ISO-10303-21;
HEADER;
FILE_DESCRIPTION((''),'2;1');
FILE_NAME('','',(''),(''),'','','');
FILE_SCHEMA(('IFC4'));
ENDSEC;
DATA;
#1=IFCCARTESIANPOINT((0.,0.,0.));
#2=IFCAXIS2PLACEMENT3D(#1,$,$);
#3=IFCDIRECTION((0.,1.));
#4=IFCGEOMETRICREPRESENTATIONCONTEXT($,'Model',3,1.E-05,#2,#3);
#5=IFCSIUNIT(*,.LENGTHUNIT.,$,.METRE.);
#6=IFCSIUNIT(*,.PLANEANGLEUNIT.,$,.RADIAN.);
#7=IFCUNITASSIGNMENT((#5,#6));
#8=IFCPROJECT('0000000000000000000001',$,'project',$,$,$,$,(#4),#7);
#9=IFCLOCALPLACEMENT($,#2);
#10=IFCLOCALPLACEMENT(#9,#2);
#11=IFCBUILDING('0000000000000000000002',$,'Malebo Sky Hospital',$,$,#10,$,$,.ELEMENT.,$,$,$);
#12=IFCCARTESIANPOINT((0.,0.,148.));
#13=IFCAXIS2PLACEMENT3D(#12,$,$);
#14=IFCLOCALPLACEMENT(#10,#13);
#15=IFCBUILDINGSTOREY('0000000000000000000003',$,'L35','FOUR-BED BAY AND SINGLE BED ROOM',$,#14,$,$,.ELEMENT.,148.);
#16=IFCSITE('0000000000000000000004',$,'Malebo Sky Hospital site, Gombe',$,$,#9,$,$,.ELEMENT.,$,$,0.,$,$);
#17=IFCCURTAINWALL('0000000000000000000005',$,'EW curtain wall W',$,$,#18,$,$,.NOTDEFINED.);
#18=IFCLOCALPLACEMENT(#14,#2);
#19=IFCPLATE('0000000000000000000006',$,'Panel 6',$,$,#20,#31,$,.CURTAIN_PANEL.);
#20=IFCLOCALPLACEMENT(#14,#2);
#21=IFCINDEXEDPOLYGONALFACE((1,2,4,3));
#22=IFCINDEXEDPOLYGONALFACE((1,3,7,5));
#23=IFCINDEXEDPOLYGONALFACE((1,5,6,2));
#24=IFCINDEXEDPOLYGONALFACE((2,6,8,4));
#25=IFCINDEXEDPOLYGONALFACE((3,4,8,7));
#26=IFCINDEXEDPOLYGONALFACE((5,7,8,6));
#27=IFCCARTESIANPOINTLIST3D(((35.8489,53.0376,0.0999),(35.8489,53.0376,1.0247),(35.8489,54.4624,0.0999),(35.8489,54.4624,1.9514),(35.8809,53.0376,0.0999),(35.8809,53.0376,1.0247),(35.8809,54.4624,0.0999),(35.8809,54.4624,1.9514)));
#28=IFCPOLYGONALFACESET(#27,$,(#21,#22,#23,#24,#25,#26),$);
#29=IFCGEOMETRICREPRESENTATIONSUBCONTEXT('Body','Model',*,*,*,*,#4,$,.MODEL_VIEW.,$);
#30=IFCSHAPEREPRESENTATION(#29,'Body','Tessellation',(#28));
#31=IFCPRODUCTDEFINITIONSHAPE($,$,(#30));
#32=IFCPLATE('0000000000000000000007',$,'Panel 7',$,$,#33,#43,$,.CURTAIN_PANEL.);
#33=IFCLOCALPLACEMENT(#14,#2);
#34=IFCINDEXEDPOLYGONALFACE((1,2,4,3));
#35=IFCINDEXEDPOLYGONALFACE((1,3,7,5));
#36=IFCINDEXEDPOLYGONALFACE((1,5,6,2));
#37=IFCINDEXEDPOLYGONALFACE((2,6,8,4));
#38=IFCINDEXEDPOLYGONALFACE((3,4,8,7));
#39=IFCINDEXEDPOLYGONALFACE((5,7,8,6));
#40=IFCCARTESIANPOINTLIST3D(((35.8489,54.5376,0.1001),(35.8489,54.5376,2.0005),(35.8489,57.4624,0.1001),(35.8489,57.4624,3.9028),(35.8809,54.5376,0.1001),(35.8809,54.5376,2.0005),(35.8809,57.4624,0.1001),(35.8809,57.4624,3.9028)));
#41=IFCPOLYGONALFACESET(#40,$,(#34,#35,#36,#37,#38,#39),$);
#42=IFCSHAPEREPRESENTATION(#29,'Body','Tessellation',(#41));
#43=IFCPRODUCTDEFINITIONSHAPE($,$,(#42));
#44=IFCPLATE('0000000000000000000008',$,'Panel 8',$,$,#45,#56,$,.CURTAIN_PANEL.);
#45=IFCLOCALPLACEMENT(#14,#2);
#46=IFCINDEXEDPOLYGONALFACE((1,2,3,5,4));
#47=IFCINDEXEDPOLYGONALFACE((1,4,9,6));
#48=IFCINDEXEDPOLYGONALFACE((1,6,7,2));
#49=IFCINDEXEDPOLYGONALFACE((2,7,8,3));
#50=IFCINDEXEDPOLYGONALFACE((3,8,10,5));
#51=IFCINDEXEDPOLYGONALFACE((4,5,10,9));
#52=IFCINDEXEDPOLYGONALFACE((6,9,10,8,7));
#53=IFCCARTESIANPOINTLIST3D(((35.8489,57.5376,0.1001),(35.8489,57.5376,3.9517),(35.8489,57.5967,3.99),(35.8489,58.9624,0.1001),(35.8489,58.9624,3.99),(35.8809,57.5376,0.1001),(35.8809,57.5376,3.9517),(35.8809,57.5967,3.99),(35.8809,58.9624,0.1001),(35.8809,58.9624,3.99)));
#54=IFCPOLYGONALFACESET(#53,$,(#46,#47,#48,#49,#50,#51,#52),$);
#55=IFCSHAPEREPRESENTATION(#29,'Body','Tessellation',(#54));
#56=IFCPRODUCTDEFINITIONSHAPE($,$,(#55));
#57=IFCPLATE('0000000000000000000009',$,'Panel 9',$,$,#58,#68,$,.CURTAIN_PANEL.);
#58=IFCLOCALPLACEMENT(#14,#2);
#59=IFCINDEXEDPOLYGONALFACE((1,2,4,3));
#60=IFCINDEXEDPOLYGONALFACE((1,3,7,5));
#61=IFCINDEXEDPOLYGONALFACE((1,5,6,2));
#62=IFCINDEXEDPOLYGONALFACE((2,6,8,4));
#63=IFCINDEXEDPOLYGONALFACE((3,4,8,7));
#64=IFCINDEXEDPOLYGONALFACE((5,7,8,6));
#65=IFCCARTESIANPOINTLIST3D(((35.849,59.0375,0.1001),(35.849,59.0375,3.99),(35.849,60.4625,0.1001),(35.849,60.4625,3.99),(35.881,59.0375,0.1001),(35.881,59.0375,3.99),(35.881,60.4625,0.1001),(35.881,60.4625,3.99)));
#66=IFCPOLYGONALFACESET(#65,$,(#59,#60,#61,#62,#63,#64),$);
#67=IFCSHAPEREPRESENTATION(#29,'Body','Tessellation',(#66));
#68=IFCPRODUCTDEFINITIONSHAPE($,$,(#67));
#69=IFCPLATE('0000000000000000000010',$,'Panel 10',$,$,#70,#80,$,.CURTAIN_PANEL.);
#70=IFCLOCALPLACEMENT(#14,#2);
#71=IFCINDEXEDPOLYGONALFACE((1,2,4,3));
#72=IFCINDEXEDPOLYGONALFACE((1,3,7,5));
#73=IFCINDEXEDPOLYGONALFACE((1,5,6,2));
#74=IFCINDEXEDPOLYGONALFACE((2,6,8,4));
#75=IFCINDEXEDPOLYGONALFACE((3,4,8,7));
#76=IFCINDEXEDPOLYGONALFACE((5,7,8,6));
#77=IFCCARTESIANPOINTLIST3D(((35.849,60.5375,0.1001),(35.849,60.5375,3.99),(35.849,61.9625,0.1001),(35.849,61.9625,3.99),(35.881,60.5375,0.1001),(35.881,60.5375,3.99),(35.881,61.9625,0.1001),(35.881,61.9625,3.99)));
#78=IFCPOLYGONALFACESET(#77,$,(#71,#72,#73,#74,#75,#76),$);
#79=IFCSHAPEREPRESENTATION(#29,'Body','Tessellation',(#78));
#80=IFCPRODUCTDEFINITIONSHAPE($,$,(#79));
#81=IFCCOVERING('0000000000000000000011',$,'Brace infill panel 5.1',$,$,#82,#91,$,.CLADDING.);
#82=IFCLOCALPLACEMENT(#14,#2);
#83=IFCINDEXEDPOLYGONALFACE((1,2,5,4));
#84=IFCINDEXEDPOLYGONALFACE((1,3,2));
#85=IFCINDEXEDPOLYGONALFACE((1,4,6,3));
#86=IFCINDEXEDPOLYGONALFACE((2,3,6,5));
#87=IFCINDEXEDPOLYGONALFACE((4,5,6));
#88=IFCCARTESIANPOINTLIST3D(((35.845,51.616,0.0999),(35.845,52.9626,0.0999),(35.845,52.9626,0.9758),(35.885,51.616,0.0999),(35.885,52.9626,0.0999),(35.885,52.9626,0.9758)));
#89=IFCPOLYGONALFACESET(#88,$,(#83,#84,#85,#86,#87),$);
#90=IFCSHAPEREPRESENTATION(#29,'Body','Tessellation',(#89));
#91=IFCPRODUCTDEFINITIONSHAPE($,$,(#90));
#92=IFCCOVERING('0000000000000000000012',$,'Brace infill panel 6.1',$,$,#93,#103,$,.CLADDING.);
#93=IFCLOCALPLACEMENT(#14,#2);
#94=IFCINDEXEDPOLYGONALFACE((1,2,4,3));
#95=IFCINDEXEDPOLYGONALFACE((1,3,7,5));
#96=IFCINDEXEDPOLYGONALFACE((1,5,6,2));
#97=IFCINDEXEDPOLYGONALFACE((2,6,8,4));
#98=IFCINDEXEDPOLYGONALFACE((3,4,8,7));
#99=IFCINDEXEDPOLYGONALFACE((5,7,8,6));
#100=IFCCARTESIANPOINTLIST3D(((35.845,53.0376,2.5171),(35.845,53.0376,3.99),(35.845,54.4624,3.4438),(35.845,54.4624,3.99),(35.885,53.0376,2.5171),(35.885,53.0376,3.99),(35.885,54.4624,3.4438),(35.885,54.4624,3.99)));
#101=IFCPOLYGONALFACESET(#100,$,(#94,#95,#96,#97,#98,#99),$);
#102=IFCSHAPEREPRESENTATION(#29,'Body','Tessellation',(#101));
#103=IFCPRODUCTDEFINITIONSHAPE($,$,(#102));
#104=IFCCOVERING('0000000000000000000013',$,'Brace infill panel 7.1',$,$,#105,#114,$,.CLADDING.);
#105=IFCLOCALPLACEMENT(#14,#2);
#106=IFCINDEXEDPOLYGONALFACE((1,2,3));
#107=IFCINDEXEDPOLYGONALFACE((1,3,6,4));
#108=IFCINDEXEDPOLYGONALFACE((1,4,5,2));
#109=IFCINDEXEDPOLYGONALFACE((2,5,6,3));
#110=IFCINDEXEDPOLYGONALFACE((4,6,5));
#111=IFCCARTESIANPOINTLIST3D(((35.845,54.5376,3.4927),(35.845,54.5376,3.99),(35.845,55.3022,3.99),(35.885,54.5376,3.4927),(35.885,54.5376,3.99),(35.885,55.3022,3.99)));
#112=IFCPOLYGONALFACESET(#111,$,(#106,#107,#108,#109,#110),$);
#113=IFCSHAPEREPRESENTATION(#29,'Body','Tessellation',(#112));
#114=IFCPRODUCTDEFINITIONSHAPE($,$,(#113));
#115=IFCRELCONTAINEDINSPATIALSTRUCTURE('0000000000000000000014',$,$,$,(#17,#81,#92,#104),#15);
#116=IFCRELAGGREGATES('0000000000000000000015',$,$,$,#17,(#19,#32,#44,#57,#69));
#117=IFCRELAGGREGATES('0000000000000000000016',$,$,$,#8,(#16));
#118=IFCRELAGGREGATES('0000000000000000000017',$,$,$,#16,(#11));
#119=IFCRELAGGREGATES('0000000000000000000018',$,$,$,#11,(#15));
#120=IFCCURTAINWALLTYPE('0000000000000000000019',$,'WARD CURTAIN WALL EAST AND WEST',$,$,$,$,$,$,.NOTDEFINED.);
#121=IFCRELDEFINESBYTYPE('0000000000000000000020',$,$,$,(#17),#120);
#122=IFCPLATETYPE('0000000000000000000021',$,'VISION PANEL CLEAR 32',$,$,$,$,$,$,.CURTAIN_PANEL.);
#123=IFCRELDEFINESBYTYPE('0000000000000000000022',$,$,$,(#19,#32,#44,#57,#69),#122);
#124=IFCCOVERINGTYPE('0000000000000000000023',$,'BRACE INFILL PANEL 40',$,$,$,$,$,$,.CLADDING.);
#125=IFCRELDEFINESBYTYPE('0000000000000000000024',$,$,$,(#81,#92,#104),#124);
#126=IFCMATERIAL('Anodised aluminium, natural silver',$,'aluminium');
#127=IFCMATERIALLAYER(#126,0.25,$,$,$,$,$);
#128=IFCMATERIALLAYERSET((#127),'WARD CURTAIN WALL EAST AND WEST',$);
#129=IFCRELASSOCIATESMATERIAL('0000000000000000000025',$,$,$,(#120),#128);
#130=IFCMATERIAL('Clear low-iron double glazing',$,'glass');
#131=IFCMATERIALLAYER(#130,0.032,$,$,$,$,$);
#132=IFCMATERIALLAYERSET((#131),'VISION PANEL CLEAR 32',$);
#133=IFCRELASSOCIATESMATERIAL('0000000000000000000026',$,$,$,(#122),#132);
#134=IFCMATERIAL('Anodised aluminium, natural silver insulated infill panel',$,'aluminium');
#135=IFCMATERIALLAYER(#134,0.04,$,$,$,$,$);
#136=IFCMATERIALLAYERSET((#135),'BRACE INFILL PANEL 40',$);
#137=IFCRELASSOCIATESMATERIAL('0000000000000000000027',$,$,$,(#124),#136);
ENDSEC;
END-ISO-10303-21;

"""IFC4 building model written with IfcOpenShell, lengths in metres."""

from ifc_helpers import new_model, si_unit, direction, frame, origin, origin_2d, place, context, subcontext, project, spatial, polyline, rectangle, outline, extrude, material, layer, layer_set, type_object, element, aggregate, save


model = new_model("IFC4")

# Units and contexts
model_context = context("Model", 3, precision=1e-05, world=origin(), true_north=direction((0.0, 1.0)))
body_context = subcontext(model_context, "Body", "Model", "MODEL_VIEW")
ifc_project = project(units=[si_unit("LENGTHUNIT", "METRE"), si_unit("PLANEANGLEUNIT", "RADIAN")], contexts=[model_context])

# Site, building, storey
site_placement = place(None, origin())
site = spatial("IfcSite", under=ifc_project, at=site_placement, Name="Malebo Sky Hospital site, Gombe", CompositionType="ELEMENT", RefElevation=0.0)
building_placement = place(site_placement, origin())
building = spatial("IfcBuilding", under=site, at=building_placement, Name="Malebo Sky Hospital", CompositionType="ELEMENT")
storey_placement = place(building_placement, frame((0.0, 0.0, 148.0)))
storey = spatial("IfcBuildingStorey", under=building, at=storey_placement, Name="L35", Description="FOUR-BED BAY AND SINGLE BED ROOM", CompositionType="ELEMENT", Elevation=148.0)

# Curtain wall
ifc_material_1 = material(Name="Anodised aluminium, natural silver", Category="aluminium")
ifc_layer_1 = layer(ifc_material_1, 0.25)
ifc_layer_set_1 = layer_set([ifc_layer_1], Name="WARD CURTAIN WALL EAST AND WEST")
curtain_wall_type = type_object("IfcCurtainWallType", Name="WARD CURTAIN WALL EAST AND WEST", PredefinedType="NOTDEFINED", material=ifc_layer_set_1)
curtain_wall_placement = place(storey_placement, origin())
curtain_wall = element("IfcCurtainWall", 1, at=curtain_wall_placement, inside=storey, type_object=curtain_wall_type, Name="EW curtain wall W", PredefinedType="NOTDEFINED")

# Plates
ifc_material_2 = material(Name="Clear low-iron double glazing", Category="glass")
ifc_layer_2 = layer(ifc_material_2, 0.032)
ifc_layer_set_2 = layer_set([ifc_layer_2], Name="VISION PANEL CLEAR 32")
plate_type = type_object("IfcPlateType", Name="VISION PANEL CLEAR 32", PredefinedType="CURTAIN_PANEL", material=ifc_layer_set_2)
plate_1_placement = place(storey_placement, frame((35.865, 53.75, 0.0999), z_axis=(0.0, 0.0, 1.0), x_axis=(0.0, 1.0, 0.0)))
plate_1 = element("IfcPlate", 2, at=plate_1_placement, type_object=plate_type, Name="Panel 6", PredefinedType="CURTAIN_PANEL", context=body_context, shape_type="SweptSolid", body=[
    extrude(outline(polyline([(-0.7124, 0.0), (0.7124, 0.0), (0.7124, 1.8516), (-0.7124, 0.9248), (-0.7124, 0.0)])), frame((0.0, 0.0161, 0.0), z_axis=(0.0, -1.0, 0.0), x_axis=(1.0, 0.0, 0.0)), (0.0, 0.0, 1.0), 0.032),
])
plate_2_placement = place(storey_placement, frame((35.865, 56.0, 0.1001), z_axis=(0.0, 0.0, 1.0), x_axis=(0.0, 1.0, 0.0)))
plate_2 = element("IfcPlate", 3, at=plate_2_placement, type_object=plate_type, Name="Panel 7", PredefinedType="CURTAIN_PANEL", context=body_context, shape_type="SweptSolid", body=[
    extrude(outline(polyline([(-1.4624, 0.0), (1.4624, 0.0), (1.4624, 3.8027), (-1.4624, 1.9004), (-1.4624, 0.0)])), frame((0.0, 0.0161, 0.0), z_axis=(0.0, -1.0, 0.0), x_axis=(1.0, 0.0, 0.0)), (0.0, 0.0, 1.0), 0.032),
])
plate_3_placement = place(storey_placement, frame((35.865, 58.25, 0.1001), z_axis=(0.0, 0.0, 1.0), x_axis=(0.0, 1.0, 0.0)))
plate_3 = element("IfcPlate", 4, at=plate_3_placement, type_object=plate_type, Name="Panel 8", PredefinedType="CURTAIN_PANEL", context=body_context, shape_type="SweptSolid", body=[
    extrude(outline(polyline([(-0.7124, 0.0), (0.7124, 0.0), (0.7124, 3.8899), (-0.6533, 3.8899), (-0.7124, 3.8516), (-0.7124, 0.0)])), frame((0.0, 0.0161, 0.0), z_axis=(0.0, -1.0, 0.0), x_axis=(1.0, 0.0, 0.0)), (0.0, 0.0, 1.0), 0.032),
])
plate_4_placement = place(storey_placement, frame((35.865, 59.75, 0.1001), z_axis=(0.0, 0.0, 1.0), x_axis=(0.0, 1.0, 0.0)))
plate_4 = element("IfcPlate", 5, at=plate_4_placement, type_object=plate_type, Name="Panel 9", PredefinedType="CURTAIN_PANEL", context=body_context, shape_type="SweptSolid", body=[
    extrude(rectangle(XDim=1.425, YDim=0.032, at=origin_2d()), origin(), (0.0, 0.0, 1.0), 3.8899),
])
plate_5_placement = place(storey_placement, frame((35.865, 61.25, 0.1001), z_axis=(0.0, 0.0, 1.0), x_axis=(0.0, 1.0, 0.0)))
plate_5 = element("IfcPlate", 6, at=plate_5_placement, type_object=plate_type, Name="Panel 10", PredefinedType="CURTAIN_PANEL", context=body_context, shape_type="SweptSolid", body=[
    extrude(rectangle(XDim=1.425, YDim=0.032, at=origin_2d()), origin(), (0.0, 0.0, 1.0), 3.8899),
])
aggregate(curtain_wall, [plate_1, plate_2, plate_3, plate_4, plate_5])

# Coverings
ifc_material_3 = material(Name="Anodised aluminium, natural silver insulated infill panel", Category="aluminium")
ifc_layer_3 = layer(ifc_material_3, 0.04)
ifc_layer_set_3 = layer_set([ifc_layer_3], Name="BRACE INFILL PANEL 40")
covering_type = type_object("IfcCoveringType", Name="BRACE INFILL PANEL 40", PredefinedType="CLADDING", material=ifc_layer_set_3)
covering_1_placement = place(storey_placement, frame((35.865, 52.2893, 0.0999), z_axis=(0.0, 0.0, 1.0), x_axis=(0.0, 1.0, 0.0)))
element("IfcCovering", 7, at=covering_1_placement, inside=storey, type_object=covering_type, Name="Brace infill panel 5.1", PredefinedType="CLADDING", context=body_context, shape_type="SweptSolid", body=[
    extrude(outline(polyline([(-0.6733, 0.0), (0.6733, 0.0), (0.6733, 0.876), (-0.6733, 0.0)])), frame((0.0, 0.02, 0.0), z_axis=(0.0, -1.0, 0.0), x_axis=(1.0, 0.0, 0.0)), (0.0, 0.0, 1.0), 0.04),
])
covering_2_placement = place(storey_placement, frame((35.865, 53.75, 2.5171), z_axis=(0.0, 0.0, 1.0), x_axis=(0.0, 1.0, 0.0)))
element("IfcCovering", 8, at=covering_2_placement, inside=storey, type_object=covering_type, Name="Brace infill panel 6.1", PredefinedType="CLADDING", context=body_context, shape_type="SweptSolid", body=[
    extrude(outline(polyline([(-0.7124, 0.0), (0.7124, 0.9268), (0.7124, 1.4729), (-0.7124, 1.4729), (-0.7124, 0.0)])), frame((0.0, 0.02, 0.0), z_axis=(0.0, -1.0, 0.0), x_axis=(1.0, 0.0, 0.0)), (0.0, 0.0, 1.0), 0.04),
])
covering_3_placement = place(storey_placement, frame((35.865, 54.9199, 3.4927), z_axis=(0.0, 0.0, 1.0), x_axis=(0.0, 1.0, 0.0)))
element("IfcCovering", 9, at=covering_3_placement, inside=storey, type_object=covering_type, Name="Brace infill panel 7.1", PredefinedType="CLADDING", context=body_context, shape_type="SweptSolid", body=[
    extrude(outline(polyline([(-0.3823, 0.0), (0.3823, 0.4973), (-0.3823, 0.4973), (-0.3823, 0.0)])), frame((0.0, 0.02, 0.0), z_axis=(0.0, -1.0, 0.0), x_axis=(1.0, 0.0, 0.0)), (0.0, 0.0, 1.0), 0.04),
])

save(model, "model.ifc")
